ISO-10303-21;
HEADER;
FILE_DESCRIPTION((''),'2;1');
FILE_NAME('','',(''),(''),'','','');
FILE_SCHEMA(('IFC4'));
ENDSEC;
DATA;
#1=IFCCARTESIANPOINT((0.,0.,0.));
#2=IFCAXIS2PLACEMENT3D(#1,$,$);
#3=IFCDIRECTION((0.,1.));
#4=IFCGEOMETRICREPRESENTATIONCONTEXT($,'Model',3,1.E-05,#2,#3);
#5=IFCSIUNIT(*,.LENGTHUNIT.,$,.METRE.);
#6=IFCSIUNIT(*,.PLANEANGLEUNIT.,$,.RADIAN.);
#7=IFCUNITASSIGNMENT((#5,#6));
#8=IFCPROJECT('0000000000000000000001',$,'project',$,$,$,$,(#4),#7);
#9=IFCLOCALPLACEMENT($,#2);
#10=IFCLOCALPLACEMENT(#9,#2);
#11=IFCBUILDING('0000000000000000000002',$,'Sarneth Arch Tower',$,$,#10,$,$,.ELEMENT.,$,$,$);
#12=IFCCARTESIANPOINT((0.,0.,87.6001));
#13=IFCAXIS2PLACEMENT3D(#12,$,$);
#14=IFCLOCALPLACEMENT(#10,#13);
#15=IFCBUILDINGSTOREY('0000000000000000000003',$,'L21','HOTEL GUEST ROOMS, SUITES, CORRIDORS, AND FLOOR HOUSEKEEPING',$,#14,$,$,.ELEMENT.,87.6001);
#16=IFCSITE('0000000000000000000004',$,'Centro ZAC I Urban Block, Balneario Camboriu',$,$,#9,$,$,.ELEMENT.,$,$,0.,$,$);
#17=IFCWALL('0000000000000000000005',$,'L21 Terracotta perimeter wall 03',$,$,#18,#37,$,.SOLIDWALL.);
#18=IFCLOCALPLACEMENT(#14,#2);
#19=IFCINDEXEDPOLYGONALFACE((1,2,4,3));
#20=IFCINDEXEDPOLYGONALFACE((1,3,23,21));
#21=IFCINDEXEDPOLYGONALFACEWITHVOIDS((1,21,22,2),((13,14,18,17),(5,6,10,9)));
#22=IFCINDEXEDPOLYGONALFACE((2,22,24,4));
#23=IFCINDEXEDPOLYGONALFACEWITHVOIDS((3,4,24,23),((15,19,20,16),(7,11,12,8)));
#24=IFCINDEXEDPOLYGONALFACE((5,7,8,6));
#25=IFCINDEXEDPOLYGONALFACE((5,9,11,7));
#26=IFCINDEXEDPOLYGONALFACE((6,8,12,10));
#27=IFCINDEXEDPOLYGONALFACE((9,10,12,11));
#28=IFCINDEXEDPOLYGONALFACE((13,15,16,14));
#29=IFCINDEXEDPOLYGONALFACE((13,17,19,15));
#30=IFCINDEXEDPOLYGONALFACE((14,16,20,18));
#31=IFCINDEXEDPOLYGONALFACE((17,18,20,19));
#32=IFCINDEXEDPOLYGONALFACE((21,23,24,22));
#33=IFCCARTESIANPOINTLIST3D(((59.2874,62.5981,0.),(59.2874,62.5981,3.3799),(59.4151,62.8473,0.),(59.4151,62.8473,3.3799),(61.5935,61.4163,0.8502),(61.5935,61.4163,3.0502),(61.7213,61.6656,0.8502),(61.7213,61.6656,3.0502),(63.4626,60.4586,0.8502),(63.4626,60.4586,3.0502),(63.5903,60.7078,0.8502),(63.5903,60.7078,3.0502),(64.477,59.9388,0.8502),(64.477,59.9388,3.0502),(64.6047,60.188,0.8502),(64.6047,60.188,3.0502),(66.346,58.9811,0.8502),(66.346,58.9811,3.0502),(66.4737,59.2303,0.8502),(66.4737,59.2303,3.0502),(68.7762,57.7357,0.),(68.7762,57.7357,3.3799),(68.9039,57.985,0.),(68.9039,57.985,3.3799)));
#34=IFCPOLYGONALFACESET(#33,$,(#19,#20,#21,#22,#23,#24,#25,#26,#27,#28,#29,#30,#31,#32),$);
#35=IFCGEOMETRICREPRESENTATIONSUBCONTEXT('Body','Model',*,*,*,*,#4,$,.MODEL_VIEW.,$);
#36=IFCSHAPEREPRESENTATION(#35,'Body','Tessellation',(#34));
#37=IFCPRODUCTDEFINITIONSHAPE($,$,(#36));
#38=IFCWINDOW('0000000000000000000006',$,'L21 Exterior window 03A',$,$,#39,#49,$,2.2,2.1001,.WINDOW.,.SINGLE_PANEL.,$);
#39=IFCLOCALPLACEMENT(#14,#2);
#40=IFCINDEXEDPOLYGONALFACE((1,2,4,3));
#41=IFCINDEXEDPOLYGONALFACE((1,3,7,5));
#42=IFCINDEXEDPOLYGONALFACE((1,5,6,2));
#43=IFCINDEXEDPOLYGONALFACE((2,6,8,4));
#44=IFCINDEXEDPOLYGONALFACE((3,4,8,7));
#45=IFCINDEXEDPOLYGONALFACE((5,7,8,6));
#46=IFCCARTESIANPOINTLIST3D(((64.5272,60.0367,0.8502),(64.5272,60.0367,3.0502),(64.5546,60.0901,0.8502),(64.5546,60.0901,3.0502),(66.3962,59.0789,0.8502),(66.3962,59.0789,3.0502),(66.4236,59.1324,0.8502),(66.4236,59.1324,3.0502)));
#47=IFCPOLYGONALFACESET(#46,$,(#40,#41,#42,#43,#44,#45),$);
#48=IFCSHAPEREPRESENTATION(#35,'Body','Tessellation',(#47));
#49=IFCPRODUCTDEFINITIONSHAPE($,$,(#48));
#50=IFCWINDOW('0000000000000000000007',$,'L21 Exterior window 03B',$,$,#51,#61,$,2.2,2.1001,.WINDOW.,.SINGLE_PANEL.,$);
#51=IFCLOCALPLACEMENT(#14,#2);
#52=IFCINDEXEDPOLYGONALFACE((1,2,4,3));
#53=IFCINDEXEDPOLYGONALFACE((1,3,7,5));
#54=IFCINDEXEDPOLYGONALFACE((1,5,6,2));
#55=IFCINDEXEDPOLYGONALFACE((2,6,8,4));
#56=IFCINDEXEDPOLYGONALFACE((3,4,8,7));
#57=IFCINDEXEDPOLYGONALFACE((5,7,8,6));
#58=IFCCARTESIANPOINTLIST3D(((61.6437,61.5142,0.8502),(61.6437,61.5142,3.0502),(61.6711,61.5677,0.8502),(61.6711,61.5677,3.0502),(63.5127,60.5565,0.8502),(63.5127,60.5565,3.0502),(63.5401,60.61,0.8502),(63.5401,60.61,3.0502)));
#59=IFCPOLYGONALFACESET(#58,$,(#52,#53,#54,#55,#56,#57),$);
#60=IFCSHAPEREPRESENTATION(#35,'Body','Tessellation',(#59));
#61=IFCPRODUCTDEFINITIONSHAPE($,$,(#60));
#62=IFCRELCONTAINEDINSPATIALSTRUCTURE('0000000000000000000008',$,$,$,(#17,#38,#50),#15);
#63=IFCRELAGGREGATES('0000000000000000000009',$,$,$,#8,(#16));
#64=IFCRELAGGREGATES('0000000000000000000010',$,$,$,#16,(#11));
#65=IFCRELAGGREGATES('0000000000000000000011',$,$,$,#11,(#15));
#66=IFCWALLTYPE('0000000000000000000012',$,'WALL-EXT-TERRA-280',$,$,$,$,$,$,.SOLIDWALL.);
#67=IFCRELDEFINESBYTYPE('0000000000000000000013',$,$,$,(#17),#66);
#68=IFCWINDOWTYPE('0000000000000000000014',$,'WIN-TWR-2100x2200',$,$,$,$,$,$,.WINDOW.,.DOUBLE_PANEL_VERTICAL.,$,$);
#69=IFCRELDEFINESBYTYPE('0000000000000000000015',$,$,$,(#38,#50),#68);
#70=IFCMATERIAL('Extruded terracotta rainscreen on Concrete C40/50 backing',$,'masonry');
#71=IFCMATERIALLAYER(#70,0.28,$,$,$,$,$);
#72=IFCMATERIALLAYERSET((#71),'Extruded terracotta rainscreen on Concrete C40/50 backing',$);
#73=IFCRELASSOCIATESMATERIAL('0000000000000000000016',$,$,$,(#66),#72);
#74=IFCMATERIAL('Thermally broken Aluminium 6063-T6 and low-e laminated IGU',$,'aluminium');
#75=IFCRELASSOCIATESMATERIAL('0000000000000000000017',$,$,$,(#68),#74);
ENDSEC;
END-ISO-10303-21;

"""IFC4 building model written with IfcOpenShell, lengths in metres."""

from ifc_helpers import new_model, si_unit, direction, frame, frame_2d, origin, place, context, subcontext, project, spatial, rectangle, extrude, material, layer, layer_set, type_object, element, fill, save


model = new_model("IFC4")

# Units and contexts
model_context = context("Model", 3, precision=1e-05, world=origin(), true_north=direction((0.0, 1.0)))
body_context = subcontext(model_context, "Body", "Model", "MODEL_VIEW")
ifc_project = project(units=[si_unit("LENGTHUNIT", "METRE"), si_unit("PLANEANGLEUNIT", "RADIAN")], contexts=[model_context])

# Site, building, storey
site_placement = place(None, origin())
site = spatial("IfcSite", under=ifc_project, at=site_placement, Name="Centro ZAC I Urban Block, Balneario Camboriu", CompositionType="ELEMENT", RefElevation=0.0)
building_placement = place(site_placement, origin())
building = spatial("IfcBuilding", under=site, at=building_placement, Name="Sarneth Arch Tower", CompositionType="ELEMENT")
storey_placement = place(building_placement, frame((0.0, 0.0, 87.6001)))
storey = spatial("IfcBuildingStorey", under=building, at=storey_placement, Name="L21", Description="HOTEL GUEST ROOMS, SUITES, CORRIDORS, AND FLOOR HOUSEKEEPING", CompositionType="ELEMENT", Elevation=87.6001)

# Wall, openings, windows
ifc_material_1 = material(Name="Extruded terracotta rainscreen on Concrete C40/50 backing", Category="masonry")
ifc_layer_1 = layer(ifc_material_1, 0.28)
ifc_layer_set_1 = layer_set([ifc_layer_1], Name="Extruded terracotta rainscreen on Concrete C40/50 backing")
wall_type = type_object("IfcWallType", Name="WALL-EXT-TERRA-280", PredefinedType="SOLIDWALL", material=ifc_layer_set_1)
wall_placement = place(storey_placement, frame((68.8401, 57.8604, 0.0), z_axis=(0.0, 0.0, 1.0), x_axis=(-0.88996, 0.45604, 0.0)))
wall = element("IfcWall", 1, at=wall_placement, inside=storey, type_object=wall_type, Name="L21 Terracotta perimeter wall 03", PredefinedType="SOLIDWALL", context=body_context, shape_type="SweptSolid", body=[
    extrude(rectangle(XDim=10.6621, YDim=0.28, at=frame_2d((5.3311, 0.0))), origin(), (0.0, 0.0, 1.0), 3.3799),
])
opening_1_placement = place(wall_placement, frame((2.7307, 0.0, 0.8501)))
opening_1 = element("IfcOpeningElement", 2, at=opening_1_placement, cuts=wall, PredefinedType="OPENING", context=body_context, shape_type="SweptSolid", body=[
    extrude(rectangle(XDim=2.1001, YDim=2.2, at=frame_2d((1.05, 1.1001))), frame((0.0, 0.1499, 0.0), z_axis=(0.0, -1.0, 0.0), x_axis=(1.0, 0.0, 0.0)), (0.0, 0.0, 1.0), 0.3),
])
opening_2_placement = place(wall_placement, frame((5.9707, 0.0, 0.8501)))
opening_2 = element("IfcOpeningElement", 3, at=opening_2_placement, cuts=wall, PredefinedType="OPENING", context=body_context, shape_type="SweptSolid", body=[
    extrude(rectangle(XDim=2.1001, YDim=2.2, at=frame_2d((1.05, 1.1001))), frame((0.0, 0.1499, 0.0), z_axis=(0.0, -1.0, 0.0), x_axis=(1.0, 0.0, 0.0)), (0.0, 0.0, 1.0), 0.3),
])
ifc_material_2 = material(Name="Thermally broken Aluminium 6063-T6 and low-e laminated IGU", Category="aluminium")
window_type = type_object("IfcWindowType", Name="WIN-TWR-2100x2200", PartitioningType="DOUBLE_PANEL_VERTICAL", PredefinedType="WINDOW", material=ifc_material_2)
window_1_placement = place(opening_1_placement, origin())
window_1 = element("IfcWindow", 4, at=window_1_placement, inside=storey, type_object=window_type, Name="L21 Exterior window 03A", OverallHeight=2.2, OverallWidth=2.1001, PartitioningType="SINGLE_PANEL", PredefinedType="WINDOW", context=body_context, shape_type="SweptSolid", body=[
    extrude(rectangle(XDim=2.1001, YDim=2.2, at=frame_2d((1.05, 1.1001))), frame((0.0, 0.03, 0.0), z_axis=(0.0, -1.0, 0.0), x_axis=(1.0, 0.0, 0.0)), (0.0, 0.0, 1.0), 0.0601),
])
fill(opening_1, window_1)
window_2_placement = place(opening_2_placement, origin())
window_2 = element("IfcWindow", 5, at=window_2_placement, inside=storey, type_object=window_type, Name="L21 Exterior window 03B", OverallHeight=2.2, OverallWidth=2.1001, PartitioningType="SINGLE_PANEL", PredefinedType="WINDOW", context=body_context, shape_type="SweptSolid", body=[
    extrude(rectangle(XDim=2.1001, YDim=2.2, at=frame_2d((1.05, 1.1001))), frame((0.0, 0.03, 0.0), z_axis=(0.0, -1.0, 0.0), x_axis=(1.0, 0.0, 0.0)), (0.0, 0.0, 1.0), 0.0601),
])
fill(opening_2, window_2)

save(model, "model.ifc")
